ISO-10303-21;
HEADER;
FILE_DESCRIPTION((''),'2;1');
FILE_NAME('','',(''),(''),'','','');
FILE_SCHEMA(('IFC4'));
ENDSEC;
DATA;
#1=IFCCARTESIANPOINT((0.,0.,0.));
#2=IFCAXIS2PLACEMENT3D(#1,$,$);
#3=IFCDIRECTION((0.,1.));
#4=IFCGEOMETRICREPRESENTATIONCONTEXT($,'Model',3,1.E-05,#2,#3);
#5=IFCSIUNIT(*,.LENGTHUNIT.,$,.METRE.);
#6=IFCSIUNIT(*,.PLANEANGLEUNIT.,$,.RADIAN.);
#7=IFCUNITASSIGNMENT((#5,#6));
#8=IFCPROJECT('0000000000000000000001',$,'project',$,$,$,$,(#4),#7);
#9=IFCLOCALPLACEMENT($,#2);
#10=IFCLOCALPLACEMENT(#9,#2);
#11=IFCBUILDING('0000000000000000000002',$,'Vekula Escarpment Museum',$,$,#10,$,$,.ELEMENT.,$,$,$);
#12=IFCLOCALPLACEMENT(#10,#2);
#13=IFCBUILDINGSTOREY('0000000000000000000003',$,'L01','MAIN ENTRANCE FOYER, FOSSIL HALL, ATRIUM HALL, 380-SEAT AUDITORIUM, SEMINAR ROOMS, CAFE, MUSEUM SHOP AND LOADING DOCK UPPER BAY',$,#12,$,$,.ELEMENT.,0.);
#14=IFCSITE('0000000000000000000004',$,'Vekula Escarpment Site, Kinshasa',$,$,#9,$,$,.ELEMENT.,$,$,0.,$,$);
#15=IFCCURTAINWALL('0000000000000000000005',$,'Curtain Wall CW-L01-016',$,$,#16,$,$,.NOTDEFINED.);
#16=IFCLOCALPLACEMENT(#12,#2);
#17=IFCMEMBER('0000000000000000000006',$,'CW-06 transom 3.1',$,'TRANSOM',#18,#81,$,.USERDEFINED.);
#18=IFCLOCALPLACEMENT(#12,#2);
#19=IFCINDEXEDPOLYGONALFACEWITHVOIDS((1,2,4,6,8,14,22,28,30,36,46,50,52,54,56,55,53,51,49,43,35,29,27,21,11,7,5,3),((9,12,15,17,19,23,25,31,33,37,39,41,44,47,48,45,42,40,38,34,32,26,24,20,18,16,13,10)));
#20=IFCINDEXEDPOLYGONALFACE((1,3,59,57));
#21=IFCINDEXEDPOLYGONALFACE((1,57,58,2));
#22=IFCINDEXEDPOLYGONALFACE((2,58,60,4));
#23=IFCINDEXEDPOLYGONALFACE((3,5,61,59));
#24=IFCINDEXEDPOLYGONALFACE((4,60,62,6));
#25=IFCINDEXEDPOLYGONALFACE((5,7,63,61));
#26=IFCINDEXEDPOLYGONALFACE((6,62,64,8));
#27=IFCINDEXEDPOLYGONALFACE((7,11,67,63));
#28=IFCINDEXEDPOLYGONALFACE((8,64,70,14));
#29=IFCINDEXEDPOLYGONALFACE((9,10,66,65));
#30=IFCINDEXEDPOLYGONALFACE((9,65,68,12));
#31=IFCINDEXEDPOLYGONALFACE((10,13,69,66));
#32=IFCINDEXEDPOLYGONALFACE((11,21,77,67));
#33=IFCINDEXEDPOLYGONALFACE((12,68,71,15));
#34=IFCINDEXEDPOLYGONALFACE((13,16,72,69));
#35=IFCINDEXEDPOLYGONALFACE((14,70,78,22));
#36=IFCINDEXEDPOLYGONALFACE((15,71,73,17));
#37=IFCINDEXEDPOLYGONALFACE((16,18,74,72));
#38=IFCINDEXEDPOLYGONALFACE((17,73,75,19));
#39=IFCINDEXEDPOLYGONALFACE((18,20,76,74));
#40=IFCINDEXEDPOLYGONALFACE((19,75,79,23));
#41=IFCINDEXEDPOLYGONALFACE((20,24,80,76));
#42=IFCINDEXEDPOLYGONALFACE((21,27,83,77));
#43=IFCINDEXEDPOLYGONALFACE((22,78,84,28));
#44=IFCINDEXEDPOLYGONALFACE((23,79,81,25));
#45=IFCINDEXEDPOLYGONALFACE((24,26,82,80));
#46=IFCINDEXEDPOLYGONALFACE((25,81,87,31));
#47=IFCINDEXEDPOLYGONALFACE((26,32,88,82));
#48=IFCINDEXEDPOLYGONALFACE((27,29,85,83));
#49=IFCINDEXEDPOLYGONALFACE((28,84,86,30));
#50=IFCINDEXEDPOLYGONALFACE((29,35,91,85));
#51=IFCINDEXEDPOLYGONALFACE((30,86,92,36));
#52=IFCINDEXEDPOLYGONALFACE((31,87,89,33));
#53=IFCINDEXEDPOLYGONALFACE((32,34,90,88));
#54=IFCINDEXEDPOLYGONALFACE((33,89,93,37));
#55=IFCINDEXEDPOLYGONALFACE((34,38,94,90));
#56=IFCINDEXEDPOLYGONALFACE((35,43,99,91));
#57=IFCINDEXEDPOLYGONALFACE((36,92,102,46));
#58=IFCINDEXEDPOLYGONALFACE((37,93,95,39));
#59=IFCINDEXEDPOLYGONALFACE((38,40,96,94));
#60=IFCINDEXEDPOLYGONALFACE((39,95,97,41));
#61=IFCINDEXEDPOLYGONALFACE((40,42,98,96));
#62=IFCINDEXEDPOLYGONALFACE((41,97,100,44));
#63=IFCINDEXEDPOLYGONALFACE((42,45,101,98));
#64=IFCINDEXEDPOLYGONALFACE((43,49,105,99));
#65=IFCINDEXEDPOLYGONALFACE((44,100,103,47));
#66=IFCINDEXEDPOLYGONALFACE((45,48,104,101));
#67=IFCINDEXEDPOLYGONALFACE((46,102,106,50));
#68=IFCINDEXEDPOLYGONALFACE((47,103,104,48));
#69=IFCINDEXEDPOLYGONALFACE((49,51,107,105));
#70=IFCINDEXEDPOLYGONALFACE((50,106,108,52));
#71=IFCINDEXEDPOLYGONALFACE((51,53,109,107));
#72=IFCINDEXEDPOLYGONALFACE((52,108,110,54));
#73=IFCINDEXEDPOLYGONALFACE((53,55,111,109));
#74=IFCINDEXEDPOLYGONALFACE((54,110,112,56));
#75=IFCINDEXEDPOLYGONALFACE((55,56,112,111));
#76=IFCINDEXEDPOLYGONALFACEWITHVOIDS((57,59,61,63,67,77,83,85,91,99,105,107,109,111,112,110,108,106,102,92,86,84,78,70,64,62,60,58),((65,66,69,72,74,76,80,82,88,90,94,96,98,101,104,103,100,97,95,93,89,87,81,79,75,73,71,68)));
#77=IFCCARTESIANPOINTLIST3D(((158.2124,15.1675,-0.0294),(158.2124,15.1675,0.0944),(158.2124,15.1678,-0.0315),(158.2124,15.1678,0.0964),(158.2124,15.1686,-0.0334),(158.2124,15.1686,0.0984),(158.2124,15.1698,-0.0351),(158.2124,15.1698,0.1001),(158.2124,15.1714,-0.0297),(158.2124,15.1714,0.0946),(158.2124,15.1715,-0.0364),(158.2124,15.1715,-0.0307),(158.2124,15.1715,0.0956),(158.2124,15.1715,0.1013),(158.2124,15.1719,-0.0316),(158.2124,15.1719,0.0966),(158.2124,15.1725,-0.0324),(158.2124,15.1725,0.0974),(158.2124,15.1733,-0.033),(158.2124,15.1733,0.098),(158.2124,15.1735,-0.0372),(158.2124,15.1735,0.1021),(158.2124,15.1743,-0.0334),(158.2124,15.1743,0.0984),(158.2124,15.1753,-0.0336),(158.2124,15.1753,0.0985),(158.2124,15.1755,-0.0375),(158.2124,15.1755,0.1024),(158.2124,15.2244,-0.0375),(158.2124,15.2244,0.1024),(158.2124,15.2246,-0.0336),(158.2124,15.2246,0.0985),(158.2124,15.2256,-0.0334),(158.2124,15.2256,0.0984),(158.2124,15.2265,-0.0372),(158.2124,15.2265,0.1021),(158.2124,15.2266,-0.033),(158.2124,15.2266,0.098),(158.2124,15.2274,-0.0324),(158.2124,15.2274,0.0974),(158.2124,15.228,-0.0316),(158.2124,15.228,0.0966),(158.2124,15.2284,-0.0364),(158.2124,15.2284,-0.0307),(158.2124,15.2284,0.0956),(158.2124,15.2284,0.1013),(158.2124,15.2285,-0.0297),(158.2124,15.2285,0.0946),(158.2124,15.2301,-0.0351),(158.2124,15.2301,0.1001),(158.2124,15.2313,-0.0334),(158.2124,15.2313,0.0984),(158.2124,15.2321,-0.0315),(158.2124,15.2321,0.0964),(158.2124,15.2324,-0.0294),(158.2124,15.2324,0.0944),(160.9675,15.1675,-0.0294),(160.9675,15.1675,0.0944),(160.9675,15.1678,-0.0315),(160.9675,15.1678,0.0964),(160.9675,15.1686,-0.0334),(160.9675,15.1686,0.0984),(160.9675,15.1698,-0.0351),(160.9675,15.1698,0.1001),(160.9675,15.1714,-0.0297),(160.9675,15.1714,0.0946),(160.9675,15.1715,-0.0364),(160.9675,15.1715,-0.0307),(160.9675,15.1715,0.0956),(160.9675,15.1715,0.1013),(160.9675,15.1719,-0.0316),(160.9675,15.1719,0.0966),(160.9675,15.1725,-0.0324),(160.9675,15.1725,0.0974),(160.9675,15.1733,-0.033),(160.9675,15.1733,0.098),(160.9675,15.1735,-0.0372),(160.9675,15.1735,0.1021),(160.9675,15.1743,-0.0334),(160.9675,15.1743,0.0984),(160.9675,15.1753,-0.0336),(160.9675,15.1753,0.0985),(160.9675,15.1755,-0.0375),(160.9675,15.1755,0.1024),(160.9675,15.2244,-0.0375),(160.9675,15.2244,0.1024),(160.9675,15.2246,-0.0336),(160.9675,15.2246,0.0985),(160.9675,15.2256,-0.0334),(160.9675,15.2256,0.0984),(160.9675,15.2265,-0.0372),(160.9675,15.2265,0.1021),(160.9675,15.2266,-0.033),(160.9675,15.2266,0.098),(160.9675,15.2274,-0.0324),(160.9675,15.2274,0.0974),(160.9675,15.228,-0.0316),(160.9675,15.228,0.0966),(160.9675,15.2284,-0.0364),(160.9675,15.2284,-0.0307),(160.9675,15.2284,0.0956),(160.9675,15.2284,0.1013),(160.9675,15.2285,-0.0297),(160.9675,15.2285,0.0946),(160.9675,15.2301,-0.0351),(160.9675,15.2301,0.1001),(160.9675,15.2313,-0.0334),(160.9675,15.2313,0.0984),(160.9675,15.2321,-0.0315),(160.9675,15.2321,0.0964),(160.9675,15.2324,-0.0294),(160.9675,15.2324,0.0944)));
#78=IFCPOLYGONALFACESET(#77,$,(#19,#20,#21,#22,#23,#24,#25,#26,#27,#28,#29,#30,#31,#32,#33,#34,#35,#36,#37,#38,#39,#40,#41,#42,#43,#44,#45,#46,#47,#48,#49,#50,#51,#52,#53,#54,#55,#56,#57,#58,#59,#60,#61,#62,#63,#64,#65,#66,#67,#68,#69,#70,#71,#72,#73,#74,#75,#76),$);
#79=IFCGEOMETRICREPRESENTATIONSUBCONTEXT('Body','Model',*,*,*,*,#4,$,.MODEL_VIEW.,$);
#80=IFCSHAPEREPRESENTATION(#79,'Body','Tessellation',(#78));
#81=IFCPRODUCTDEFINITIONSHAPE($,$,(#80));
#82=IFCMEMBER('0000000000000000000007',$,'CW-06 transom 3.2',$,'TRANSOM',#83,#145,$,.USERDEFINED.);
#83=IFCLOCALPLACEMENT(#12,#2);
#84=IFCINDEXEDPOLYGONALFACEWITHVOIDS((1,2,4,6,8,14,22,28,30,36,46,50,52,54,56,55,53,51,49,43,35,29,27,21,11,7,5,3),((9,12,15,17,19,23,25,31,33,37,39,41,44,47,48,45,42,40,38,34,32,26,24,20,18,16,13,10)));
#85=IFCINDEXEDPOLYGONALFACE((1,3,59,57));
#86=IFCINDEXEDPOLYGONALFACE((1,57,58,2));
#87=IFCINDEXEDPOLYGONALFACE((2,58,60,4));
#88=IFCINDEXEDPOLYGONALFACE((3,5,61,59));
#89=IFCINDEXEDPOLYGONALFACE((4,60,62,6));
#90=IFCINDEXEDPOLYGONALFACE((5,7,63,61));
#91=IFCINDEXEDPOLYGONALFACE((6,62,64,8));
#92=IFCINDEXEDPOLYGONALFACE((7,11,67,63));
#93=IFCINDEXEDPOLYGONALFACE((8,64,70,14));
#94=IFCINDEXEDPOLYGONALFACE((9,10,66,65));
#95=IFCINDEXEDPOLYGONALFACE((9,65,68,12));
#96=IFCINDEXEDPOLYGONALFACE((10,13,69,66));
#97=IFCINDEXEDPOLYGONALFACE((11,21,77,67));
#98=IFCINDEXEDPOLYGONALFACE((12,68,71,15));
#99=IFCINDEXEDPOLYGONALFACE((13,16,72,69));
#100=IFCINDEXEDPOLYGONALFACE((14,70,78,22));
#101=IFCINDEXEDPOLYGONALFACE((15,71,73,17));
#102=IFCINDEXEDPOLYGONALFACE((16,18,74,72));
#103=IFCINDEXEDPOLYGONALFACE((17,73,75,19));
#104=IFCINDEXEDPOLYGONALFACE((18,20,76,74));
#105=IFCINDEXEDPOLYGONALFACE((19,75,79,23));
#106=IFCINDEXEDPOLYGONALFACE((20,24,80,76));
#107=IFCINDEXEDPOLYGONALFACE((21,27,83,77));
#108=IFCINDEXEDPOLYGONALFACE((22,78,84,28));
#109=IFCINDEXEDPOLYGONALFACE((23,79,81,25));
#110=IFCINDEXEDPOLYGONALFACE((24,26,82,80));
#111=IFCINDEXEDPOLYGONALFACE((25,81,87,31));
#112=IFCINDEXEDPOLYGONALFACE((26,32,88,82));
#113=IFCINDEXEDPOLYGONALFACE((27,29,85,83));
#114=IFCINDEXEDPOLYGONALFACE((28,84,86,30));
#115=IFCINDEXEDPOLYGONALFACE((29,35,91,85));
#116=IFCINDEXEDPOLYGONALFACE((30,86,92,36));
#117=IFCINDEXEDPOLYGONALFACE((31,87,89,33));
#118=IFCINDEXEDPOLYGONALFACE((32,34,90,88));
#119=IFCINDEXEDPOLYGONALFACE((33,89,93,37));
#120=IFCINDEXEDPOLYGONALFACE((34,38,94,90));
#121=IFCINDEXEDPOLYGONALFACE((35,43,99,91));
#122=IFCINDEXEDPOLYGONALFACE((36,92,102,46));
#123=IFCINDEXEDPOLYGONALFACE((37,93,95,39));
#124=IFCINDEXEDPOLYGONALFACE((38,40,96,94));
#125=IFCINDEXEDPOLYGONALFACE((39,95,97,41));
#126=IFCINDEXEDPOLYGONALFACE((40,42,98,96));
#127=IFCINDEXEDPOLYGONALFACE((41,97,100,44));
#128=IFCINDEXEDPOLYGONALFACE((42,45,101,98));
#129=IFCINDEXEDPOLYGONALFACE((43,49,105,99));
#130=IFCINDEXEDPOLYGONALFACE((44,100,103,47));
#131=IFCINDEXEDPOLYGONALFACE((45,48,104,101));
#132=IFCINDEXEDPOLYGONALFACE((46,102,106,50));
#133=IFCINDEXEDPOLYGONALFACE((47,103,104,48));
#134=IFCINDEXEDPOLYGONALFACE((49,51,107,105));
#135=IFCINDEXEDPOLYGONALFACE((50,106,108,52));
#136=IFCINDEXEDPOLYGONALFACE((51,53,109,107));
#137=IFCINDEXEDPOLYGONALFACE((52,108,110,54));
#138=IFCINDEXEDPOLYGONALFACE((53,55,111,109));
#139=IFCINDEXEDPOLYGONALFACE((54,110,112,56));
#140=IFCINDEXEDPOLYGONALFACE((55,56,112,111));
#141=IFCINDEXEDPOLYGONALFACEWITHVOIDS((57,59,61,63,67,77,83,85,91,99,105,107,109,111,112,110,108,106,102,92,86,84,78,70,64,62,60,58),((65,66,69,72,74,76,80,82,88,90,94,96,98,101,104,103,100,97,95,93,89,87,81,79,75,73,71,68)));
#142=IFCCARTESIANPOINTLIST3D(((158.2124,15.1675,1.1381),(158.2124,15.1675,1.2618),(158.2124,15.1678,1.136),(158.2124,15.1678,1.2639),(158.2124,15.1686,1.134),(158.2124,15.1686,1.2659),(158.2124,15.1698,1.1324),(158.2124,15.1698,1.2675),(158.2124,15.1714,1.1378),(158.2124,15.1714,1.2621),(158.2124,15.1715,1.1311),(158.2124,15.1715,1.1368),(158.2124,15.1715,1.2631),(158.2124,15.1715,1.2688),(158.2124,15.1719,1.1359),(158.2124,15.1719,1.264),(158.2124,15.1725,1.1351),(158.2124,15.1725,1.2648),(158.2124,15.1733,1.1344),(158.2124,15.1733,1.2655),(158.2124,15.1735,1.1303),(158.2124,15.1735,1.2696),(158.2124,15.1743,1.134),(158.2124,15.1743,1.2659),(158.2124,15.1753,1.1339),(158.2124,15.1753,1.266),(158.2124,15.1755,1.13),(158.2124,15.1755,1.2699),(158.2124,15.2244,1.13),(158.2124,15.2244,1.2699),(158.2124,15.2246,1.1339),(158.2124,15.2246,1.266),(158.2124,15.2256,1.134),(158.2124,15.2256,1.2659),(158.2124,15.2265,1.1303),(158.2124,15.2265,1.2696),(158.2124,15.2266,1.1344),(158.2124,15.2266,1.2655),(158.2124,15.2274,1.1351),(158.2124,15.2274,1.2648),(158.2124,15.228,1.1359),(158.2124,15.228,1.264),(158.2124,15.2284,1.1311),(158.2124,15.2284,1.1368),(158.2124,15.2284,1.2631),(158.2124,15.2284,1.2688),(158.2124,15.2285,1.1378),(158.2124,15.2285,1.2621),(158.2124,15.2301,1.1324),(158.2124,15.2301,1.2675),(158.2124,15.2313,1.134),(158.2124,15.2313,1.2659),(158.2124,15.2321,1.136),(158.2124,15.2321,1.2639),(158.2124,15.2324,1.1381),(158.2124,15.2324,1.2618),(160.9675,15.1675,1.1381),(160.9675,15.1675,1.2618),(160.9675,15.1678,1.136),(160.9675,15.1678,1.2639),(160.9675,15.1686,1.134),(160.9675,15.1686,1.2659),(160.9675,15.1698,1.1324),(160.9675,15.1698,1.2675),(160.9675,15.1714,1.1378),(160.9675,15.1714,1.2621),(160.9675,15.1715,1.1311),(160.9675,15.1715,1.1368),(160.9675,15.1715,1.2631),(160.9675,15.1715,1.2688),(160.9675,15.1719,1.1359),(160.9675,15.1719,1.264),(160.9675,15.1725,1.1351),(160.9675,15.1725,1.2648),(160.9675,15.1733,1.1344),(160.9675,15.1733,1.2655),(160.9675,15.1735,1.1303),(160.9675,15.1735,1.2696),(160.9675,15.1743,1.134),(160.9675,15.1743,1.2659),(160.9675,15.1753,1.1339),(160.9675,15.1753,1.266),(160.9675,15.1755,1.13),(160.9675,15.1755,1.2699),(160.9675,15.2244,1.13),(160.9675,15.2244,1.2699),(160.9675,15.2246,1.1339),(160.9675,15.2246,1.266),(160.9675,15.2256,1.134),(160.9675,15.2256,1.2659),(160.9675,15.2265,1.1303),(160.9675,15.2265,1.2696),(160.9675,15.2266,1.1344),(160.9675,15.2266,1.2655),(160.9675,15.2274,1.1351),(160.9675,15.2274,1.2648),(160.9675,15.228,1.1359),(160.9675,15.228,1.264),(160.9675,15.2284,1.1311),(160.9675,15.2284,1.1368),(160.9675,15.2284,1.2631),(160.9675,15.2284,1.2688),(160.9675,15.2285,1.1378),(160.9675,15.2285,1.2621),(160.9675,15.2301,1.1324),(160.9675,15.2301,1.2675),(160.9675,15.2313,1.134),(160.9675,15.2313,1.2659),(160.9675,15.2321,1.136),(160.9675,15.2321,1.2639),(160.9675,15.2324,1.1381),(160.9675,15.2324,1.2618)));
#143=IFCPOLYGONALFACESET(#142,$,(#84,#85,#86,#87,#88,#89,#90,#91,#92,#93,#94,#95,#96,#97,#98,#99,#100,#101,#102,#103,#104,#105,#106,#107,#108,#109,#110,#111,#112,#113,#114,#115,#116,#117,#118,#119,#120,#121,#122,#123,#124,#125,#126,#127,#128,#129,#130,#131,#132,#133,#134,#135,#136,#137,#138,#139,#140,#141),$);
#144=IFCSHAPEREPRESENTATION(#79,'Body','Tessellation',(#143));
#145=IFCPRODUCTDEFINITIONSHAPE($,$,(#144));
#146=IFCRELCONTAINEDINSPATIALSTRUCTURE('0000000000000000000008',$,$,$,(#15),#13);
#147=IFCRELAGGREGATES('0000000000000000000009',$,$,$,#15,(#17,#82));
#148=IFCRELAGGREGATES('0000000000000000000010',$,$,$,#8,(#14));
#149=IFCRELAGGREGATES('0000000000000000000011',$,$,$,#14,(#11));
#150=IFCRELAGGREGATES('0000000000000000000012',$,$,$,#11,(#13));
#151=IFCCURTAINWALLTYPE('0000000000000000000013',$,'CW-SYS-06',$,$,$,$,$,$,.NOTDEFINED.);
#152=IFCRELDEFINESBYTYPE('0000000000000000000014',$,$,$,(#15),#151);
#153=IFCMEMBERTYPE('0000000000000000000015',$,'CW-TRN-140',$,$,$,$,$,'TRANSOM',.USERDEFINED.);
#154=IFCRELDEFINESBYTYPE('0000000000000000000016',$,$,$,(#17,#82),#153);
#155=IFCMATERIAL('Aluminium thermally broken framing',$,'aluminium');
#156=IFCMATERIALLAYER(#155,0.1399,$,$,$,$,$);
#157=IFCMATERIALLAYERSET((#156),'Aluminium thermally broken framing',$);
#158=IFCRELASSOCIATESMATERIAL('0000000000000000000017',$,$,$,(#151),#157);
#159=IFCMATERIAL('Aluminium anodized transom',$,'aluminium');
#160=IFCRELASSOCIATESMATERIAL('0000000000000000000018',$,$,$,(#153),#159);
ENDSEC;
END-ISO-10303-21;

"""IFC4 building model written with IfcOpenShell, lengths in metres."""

from ifc_helpers import new_model, si_unit, direction, frame, origin, origin_2d, place, context, subcontext, project, spatial, hollow_rectangle, extrude, material, layer, layer_set, material_profile, profile_set, type_object, element, aggregate, save


model = new_model("IFC4")

# Units and contexts
model_context = context("Model", 3, precision=1e-05, world=origin(), true_north=direction((0.0, 1.0)))
body_context = subcontext(model_context, "Body", "Model", "MODEL_VIEW")
ifc_project = project(units=[si_unit("LENGTHUNIT", "METRE"), si_unit("PLANEANGLEUNIT", "RADIAN")], contexts=[model_context])

# Site, building, storey
site_placement = place(None, origin())
site = spatial("IfcSite", under=ifc_project, at=site_placement, Name="Vekula Escarpment Site, Kinshasa", CompositionType="ELEMENT", RefElevation=0.0)
building_placement = place(site_placement, origin())
building = spatial("IfcBuilding", under=site, at=building_placement, Name="Vekula Escarpment Museum", CompositionType="ELEMENT")
storey_placement = place(building_placement, origin())
storey = spatial("IfcBuildingStorey", under=building, at=storey_placement, Name="L01", Description="MAIN ENTRANCE FOYER, FOSSIL HALL, ATRIUM HALL, 380-SEAT AUDITORIUM, SEMINAR ROOMS, CAFE, MUSEUM SHOP AND LOADING DOCK UPPER BAY", CompositionType="ELEMENT", Elevation=0.0)

# Curtain wall, members
ifc_material_1 = material(Name="Aluminium thermally broken framing", Category="aluminium")
ifc_layer_1 = layer(ifc_material_1, 0.1399)
ifc_layer_set_1 = layer_set([ifc_layer_1], Name="Aluminium thermally broken framing")
curtain_wall_type = type_object("IfcCurtainWallType", Name="CW-SYS-06", PredefinedType="NOTDEFINED", material=ifc_layer_set_1)
curtain_wall_placement = place(storey_placement, origin())
curtain_wall = element("IfcCurtainWall", 1, at=curtain_wall_placement, inside=storey, type_object=curtain_wall_type, Name="Curtain Wall CW-L01-016", PredefinedType="NOTDEFINED")
ifc_material_2 = material(Name="Aluminium anodized transom", Category="aluminium")
ifc_material_profile_1 = material_profile(ifc_material_2, hollow_rectangle(XDim=0.0649, YDim=0.1399, WallThickness=0.0039, InnerFilletRadius=0.0039, OuterFilletRadius=0.0081, at=origin_2d()), Name="ALU 140x65x4")
ifc_profile_set_1 = profile_set([ifc_material_profile_1], Name="Aluminium anodized transom")
member_type_1 = type_object("IfcMemberType", Name="CW-TRN-140", ElementType="TRANSOM", PredefinedType="USERDEFINED", material=ifc_profile_set_1)
member_1_placement = place(storey_placement, frame((160.9675, 15.2, 0.0325), z_axis=(-1.0, 0.0, 0.0), x_axis=(0.0, -1.0, 0.0)))
member_1 = element("IfcMember", 2, at=member_1_placement, type_object=member_type_1, Name="CW-06 transom 3.1", ObjectType="TRANSOM", PredefinedType="USERDEFINED", context=body_context, shape_type="SweptSolid", body=[
    extrude(hollow_rectangle(XDim=0.0649, YDim=0.1399, WallThickness=0.0039, InnerFilletRadius=0.0039, OuterFilletRadius=0.0081, at=origin_2d()), origin(), (0.0, 0.0, 1.0), 2.7551),
])
member_2_placement = place(storey_placement, frame((160.9675, 15.2, 1.2), z_axis=(-1.0, 0.0, 0.0), x_axis=(0.0, -1.0, 0.0)))
member_2 = element("IfcMember", 3, at=member_2_placement, type_object=member_type_1, Name="CW-06 transom 3.2", ObjectType="TRANSOM", PredefinedType="USERDEFINED", context=body_context, shape_type="SweptSolid", body=[
    extrude(hollow_rectangle(XDim=0.0649, YDim=0.1399, WallThickness=0.0039, InnerFilletRadius=0.0039, OuterFilletRadius=0.0081, at=origin_2d()), origin(), (0.0, 0.0, 1.0), 2.7551),
])
aggregate(curtain_wall, [member_1, member_2])

save(model, "model.ifc")
